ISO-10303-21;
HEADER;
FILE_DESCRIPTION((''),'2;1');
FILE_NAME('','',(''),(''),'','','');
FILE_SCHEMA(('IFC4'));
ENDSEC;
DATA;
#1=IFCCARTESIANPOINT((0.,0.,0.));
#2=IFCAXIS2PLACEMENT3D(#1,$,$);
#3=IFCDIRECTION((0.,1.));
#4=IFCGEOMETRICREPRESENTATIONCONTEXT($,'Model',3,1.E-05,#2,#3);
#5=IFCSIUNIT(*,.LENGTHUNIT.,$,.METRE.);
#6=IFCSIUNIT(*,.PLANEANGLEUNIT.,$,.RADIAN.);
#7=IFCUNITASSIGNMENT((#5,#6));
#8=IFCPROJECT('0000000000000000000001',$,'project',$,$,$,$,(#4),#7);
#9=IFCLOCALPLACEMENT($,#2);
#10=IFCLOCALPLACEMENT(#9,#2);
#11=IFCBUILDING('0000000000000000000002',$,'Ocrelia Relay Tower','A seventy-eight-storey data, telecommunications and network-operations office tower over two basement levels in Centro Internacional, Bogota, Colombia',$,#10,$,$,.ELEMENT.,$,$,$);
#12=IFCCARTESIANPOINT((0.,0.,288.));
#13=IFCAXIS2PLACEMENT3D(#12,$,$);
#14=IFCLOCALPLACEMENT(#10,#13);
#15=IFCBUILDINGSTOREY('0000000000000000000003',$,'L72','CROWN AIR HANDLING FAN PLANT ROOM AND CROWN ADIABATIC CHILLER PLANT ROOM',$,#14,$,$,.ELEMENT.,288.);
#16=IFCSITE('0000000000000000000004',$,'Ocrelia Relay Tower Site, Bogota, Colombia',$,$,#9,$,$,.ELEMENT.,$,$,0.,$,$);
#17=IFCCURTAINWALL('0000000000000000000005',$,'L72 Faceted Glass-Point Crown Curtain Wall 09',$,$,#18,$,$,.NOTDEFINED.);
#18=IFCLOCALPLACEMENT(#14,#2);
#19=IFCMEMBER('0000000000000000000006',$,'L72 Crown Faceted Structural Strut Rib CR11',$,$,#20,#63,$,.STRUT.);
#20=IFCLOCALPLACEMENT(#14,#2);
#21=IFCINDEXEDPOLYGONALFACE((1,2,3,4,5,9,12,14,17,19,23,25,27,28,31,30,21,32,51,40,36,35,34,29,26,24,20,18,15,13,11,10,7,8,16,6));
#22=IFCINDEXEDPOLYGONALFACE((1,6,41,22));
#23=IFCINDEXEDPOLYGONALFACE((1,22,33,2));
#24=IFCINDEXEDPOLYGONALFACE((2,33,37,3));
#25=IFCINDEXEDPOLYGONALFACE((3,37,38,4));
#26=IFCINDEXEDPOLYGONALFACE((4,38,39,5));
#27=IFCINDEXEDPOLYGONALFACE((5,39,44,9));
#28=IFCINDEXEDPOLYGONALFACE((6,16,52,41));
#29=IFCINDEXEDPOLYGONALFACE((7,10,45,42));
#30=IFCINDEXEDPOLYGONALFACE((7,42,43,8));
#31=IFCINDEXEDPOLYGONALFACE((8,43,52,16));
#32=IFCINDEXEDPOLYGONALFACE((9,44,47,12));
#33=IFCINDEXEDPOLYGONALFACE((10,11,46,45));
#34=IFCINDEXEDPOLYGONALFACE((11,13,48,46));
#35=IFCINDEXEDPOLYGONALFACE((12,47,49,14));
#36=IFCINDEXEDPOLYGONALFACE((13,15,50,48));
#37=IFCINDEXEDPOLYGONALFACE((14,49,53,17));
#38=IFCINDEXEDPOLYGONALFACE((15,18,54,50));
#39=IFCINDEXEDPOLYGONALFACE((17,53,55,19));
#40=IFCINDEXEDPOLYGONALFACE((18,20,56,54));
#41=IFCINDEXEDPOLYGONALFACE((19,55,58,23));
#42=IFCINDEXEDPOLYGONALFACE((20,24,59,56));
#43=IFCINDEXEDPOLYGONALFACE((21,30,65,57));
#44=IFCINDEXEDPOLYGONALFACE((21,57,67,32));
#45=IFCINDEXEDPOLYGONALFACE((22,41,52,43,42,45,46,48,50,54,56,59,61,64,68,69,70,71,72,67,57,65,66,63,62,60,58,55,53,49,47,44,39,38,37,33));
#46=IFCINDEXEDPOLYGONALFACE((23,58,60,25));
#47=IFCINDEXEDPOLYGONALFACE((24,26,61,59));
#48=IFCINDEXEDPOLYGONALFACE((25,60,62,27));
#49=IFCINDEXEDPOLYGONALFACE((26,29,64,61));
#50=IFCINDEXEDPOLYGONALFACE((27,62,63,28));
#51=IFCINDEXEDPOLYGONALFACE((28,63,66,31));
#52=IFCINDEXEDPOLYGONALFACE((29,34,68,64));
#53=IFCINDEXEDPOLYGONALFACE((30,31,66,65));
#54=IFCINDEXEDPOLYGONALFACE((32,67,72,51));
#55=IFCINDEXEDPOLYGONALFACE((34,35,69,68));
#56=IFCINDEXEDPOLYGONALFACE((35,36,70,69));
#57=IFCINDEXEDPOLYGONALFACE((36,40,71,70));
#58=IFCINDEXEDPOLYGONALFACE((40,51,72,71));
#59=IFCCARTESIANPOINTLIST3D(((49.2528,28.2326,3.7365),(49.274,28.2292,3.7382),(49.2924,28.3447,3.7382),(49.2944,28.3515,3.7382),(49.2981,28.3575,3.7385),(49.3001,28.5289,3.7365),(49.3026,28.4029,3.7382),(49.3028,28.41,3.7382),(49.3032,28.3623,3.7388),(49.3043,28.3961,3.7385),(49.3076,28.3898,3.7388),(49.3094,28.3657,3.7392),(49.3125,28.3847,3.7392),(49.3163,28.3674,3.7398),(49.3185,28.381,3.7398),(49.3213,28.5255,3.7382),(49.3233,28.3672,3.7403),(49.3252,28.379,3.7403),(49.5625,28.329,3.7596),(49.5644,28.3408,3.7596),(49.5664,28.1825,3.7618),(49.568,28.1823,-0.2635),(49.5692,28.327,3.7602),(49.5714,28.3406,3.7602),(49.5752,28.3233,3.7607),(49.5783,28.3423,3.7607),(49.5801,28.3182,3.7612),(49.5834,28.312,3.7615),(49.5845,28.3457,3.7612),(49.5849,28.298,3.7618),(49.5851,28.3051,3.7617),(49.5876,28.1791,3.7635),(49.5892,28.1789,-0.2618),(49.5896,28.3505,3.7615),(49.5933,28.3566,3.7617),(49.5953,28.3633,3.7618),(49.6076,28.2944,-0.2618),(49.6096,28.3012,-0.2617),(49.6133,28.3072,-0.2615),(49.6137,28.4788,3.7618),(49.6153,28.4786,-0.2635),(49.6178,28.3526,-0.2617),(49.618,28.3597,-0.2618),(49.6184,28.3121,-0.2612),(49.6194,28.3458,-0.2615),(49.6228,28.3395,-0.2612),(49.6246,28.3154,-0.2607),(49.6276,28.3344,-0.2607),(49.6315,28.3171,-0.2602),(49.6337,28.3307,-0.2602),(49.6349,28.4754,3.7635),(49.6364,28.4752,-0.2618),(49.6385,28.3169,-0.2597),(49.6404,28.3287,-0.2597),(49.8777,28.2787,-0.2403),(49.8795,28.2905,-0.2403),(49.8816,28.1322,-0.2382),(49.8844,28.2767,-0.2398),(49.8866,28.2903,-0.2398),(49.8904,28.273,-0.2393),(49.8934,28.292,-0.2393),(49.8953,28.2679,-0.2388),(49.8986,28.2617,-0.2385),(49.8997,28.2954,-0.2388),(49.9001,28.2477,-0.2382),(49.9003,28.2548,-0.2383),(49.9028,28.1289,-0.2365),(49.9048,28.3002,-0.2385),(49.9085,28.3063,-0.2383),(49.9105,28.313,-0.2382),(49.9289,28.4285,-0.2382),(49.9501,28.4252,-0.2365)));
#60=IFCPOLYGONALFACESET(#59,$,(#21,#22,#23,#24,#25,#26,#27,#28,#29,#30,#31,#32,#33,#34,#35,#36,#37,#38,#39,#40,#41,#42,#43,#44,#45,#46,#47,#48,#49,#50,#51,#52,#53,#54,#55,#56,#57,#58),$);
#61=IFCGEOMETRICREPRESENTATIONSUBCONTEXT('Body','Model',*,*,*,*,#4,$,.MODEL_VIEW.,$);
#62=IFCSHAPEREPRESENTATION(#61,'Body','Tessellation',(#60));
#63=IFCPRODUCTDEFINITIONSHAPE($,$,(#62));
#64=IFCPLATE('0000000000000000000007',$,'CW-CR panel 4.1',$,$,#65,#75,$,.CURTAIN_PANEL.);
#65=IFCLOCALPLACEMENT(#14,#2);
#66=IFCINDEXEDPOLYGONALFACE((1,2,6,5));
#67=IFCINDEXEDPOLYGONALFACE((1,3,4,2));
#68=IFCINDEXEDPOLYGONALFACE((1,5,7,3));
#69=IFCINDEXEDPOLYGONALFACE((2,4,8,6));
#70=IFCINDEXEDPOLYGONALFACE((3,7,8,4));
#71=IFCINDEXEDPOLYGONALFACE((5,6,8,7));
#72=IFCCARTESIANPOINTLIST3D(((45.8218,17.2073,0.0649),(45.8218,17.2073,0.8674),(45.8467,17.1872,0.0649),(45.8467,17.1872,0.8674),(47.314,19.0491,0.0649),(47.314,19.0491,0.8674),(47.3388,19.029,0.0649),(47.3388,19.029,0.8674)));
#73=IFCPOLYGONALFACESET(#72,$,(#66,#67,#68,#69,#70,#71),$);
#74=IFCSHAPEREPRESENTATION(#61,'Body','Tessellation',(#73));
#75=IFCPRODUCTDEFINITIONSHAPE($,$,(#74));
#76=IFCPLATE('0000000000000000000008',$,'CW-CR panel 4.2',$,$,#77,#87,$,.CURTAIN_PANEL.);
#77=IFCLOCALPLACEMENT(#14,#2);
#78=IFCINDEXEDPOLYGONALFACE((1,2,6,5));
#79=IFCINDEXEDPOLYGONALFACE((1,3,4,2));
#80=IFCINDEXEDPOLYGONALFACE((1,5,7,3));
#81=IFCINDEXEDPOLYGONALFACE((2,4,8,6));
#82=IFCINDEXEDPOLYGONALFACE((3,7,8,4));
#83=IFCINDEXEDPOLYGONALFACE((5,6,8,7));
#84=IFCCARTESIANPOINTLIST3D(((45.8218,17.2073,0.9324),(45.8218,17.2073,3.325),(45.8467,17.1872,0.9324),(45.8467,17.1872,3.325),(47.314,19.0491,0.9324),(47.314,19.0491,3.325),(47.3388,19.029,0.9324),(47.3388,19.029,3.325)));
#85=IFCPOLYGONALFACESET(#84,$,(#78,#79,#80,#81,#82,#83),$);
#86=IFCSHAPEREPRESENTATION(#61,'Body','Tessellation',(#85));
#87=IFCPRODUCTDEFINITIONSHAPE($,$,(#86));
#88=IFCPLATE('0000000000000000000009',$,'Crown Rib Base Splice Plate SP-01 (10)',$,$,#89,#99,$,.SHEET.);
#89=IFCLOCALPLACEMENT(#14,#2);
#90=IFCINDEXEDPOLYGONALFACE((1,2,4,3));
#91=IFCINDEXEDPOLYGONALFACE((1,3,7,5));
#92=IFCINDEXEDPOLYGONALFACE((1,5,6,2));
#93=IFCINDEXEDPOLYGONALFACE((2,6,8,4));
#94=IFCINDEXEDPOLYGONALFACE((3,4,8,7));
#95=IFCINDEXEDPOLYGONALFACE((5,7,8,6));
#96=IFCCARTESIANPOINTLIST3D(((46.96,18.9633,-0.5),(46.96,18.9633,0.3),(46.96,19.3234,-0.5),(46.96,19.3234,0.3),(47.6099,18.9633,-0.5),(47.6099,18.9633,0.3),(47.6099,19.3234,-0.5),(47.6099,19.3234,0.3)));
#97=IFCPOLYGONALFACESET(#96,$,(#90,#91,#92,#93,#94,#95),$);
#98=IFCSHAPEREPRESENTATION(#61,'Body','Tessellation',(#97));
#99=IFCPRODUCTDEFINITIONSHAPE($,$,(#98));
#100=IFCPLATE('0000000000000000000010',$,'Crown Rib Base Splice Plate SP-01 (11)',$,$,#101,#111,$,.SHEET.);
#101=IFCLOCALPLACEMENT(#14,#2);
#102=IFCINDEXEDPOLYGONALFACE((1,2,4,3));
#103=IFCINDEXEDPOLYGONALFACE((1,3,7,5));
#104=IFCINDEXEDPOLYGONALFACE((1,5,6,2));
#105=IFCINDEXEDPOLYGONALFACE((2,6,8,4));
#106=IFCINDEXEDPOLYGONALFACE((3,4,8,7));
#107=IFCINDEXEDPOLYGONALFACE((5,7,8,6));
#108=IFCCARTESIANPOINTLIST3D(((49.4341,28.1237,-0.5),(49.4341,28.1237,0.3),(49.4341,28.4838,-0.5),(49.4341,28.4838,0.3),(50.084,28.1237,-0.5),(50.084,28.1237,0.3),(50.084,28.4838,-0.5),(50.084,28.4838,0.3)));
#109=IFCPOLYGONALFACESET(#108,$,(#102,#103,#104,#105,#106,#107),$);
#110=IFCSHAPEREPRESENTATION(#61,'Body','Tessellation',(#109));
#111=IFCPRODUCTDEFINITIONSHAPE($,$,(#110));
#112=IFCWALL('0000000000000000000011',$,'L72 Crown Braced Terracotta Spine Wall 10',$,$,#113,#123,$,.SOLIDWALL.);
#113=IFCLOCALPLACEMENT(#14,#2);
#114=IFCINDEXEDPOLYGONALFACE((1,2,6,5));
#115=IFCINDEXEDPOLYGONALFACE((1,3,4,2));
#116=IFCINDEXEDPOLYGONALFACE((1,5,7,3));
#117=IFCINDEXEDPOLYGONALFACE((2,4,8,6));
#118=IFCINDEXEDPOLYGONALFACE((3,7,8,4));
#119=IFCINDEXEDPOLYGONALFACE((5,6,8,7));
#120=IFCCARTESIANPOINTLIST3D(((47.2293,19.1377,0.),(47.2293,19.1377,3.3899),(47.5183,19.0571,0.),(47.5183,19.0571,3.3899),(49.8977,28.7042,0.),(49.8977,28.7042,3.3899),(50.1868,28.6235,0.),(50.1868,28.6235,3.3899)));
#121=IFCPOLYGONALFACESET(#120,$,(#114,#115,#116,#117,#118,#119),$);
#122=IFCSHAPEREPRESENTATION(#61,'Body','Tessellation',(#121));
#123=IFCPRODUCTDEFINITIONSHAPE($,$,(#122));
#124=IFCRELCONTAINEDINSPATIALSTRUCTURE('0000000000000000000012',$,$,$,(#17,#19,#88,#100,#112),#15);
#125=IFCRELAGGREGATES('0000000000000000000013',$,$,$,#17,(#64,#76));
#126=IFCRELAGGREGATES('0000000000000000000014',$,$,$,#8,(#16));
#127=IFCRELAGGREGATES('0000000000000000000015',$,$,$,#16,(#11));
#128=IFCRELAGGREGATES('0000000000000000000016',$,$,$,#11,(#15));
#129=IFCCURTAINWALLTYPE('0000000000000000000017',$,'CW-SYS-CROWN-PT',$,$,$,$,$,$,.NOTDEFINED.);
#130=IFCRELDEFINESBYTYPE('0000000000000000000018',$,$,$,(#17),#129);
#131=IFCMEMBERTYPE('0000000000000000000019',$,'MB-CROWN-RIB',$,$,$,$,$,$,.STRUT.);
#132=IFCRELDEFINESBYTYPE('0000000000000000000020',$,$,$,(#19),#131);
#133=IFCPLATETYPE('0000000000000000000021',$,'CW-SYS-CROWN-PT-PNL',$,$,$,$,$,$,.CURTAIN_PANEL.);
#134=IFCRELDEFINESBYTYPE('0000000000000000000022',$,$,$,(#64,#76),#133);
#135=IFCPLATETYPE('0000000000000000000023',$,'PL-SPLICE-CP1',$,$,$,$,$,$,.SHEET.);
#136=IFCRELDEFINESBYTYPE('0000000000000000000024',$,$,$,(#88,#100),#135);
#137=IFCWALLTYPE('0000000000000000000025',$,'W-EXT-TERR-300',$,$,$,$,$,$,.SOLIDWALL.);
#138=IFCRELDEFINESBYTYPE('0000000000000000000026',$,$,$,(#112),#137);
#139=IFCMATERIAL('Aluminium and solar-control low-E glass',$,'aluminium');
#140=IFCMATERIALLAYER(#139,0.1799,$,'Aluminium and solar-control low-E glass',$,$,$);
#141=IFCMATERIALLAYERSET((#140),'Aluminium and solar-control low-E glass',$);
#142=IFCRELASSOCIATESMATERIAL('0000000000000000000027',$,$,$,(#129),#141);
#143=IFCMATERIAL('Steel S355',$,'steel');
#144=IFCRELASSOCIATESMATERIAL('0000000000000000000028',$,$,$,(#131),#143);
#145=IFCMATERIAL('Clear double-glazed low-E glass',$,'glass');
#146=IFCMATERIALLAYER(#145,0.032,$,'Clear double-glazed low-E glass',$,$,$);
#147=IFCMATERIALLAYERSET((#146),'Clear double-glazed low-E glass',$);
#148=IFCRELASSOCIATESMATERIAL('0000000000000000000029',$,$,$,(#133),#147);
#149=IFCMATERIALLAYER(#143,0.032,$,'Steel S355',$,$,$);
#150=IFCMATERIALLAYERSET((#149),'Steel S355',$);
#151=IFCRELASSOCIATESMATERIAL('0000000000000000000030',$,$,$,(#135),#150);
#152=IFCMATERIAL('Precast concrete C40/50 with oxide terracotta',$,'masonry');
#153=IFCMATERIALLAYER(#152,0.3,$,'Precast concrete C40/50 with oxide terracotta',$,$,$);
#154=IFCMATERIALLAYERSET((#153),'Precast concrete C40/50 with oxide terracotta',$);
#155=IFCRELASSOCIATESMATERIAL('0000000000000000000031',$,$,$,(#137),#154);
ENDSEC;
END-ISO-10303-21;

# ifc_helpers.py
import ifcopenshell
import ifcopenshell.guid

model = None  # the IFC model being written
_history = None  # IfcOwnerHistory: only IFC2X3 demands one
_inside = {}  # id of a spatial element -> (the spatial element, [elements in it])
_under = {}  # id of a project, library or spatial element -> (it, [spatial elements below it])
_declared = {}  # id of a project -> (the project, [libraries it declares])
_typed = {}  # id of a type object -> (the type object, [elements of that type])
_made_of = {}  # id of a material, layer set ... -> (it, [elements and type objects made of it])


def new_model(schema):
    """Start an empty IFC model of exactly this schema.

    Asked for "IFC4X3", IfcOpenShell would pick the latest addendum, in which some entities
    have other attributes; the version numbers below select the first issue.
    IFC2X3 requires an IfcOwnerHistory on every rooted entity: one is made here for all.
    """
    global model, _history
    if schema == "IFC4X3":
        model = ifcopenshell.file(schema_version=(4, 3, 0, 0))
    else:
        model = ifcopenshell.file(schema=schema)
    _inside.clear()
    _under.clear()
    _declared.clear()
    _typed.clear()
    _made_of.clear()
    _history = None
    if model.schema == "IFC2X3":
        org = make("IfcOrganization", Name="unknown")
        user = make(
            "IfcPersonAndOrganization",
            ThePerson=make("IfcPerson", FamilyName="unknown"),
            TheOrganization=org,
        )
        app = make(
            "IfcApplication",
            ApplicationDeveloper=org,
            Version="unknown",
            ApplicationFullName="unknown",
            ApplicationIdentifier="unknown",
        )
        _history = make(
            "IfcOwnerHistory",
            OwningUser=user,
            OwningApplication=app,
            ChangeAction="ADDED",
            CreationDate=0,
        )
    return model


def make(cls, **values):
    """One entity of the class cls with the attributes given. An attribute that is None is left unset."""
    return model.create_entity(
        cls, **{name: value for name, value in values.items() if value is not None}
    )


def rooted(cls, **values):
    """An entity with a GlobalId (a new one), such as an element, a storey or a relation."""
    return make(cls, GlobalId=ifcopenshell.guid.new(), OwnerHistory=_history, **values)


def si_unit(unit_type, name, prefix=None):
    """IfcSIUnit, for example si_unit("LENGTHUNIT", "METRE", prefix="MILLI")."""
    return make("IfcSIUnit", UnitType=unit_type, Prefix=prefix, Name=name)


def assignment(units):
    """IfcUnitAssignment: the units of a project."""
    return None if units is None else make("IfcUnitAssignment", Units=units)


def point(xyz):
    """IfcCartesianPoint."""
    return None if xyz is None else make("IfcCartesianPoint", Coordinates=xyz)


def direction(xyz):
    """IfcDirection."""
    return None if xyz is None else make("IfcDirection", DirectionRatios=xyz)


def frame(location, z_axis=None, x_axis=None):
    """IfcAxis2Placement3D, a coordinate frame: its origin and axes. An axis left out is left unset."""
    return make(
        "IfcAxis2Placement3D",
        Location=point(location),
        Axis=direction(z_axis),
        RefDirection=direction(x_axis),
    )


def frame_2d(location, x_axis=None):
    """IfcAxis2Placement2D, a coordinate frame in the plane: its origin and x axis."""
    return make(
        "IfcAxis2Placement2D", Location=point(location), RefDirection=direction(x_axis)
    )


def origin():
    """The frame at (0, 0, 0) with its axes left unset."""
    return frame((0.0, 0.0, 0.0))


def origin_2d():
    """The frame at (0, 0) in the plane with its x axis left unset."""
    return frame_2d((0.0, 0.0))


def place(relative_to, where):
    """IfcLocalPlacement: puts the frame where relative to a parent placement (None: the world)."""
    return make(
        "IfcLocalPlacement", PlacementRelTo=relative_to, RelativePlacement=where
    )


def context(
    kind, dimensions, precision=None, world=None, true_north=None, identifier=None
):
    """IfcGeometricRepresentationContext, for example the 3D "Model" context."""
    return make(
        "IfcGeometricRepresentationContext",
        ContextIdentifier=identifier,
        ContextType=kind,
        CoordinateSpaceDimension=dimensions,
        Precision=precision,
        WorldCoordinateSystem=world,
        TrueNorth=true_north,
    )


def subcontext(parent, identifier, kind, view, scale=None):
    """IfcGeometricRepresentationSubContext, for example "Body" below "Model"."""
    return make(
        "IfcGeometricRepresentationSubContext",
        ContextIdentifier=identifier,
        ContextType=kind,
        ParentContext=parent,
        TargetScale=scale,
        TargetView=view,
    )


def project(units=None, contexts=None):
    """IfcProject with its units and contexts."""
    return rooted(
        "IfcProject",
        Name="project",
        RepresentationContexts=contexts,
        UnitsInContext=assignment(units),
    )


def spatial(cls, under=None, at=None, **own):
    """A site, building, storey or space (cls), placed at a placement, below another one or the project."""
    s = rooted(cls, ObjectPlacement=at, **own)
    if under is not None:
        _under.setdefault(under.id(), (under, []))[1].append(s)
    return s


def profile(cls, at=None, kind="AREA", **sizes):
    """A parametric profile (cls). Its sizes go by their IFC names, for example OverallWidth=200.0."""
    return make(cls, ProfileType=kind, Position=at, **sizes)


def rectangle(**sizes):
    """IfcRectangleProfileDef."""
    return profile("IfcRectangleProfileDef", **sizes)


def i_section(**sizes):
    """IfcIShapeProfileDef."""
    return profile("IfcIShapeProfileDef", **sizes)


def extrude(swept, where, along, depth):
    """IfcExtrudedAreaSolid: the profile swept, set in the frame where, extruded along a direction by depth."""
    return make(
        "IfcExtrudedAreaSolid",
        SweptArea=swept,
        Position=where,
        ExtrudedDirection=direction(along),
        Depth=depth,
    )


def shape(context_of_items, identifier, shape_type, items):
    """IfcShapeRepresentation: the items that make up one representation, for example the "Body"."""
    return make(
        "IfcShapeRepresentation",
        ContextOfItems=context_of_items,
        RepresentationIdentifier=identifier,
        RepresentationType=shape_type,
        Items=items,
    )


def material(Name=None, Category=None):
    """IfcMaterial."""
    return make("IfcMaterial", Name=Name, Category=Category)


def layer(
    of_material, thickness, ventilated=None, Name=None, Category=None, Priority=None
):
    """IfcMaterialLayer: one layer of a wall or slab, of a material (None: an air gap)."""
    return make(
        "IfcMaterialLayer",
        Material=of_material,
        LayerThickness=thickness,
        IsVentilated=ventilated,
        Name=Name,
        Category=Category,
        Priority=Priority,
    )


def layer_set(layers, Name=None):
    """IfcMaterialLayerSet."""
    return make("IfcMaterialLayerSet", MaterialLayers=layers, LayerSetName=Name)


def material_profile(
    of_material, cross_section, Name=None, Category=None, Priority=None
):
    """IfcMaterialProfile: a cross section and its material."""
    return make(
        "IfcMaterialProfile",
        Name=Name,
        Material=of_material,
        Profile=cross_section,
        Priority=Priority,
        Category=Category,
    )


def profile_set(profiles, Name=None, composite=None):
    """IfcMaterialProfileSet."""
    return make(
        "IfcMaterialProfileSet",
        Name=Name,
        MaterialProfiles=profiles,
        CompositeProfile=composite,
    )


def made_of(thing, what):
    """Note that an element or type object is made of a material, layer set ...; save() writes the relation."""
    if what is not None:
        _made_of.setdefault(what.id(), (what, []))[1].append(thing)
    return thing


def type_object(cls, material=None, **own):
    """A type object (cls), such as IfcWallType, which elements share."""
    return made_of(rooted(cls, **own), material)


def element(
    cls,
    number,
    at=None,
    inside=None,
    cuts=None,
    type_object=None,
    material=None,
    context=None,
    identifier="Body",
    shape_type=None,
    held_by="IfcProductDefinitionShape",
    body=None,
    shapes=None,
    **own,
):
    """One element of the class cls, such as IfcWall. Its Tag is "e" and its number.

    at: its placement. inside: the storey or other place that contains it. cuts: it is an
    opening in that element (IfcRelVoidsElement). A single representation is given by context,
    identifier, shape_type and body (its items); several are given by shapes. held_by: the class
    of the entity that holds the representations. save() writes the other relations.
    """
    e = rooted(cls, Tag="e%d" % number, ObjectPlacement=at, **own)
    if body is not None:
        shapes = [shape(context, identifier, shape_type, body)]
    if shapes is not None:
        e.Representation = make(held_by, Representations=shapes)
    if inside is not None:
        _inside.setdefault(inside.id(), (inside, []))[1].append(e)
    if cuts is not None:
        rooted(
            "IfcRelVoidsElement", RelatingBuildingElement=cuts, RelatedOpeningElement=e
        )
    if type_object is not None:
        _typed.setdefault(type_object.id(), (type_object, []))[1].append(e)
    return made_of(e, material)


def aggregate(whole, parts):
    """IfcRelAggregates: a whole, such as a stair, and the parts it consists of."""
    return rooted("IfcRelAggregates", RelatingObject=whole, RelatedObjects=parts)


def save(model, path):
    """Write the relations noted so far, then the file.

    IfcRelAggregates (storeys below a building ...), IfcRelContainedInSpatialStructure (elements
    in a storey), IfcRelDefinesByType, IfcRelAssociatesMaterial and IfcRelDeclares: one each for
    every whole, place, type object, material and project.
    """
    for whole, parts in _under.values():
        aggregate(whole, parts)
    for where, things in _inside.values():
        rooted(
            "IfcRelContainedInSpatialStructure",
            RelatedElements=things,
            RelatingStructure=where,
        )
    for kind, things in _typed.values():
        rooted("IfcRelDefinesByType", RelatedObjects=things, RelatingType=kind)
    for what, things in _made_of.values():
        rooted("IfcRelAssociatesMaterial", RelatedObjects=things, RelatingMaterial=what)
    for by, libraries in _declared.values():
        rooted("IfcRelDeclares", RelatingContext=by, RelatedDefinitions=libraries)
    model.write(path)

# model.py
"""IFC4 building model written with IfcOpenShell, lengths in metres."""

from ifc_helpers import new_model, si_unit, direction, frame, frame_2d, origin, origin_2d, place, context, subcontext, project, spatial, rectangle, i_section, extrude, material, layer, layer_set, material_profile, profile_set, type_object, element, aggregate, save


model = new_model("IFC4")

# Units and contexts
model_context = context("Model", 3, precision=1e-05, world=origin(), true_north=direction((0.0, 1.0)))
body_context = subcontext(model_context, "Body", "Model", "MODEL_VIEW")
ifc_project = project(units=[si_unit("LENGTHUNIT", "METRE"), si_unit("PLANEANGLEUNIT", "RADIAN")], contexts=[model_context])

# Site, building, storey
site_placement = place(None, origin())
site = spatial("IfcSite", under=ifc_project, at=site_placement, Name="Ocrelia Relay Tower Site, Bogota, Colombia", CompositionType="ELEMENT", RefElevation=0.0)
building_placement = place(site_placement, origin())
building = spatial("IfcBuilding", under=site, at=building_placement, Name="Ocrelia Relay Tower", Description="A seventy-eight-storey data, telecommunications and network-operations office tower over two basement levels in Centro Internacional, Bogota, Colombia", CompositionType="ELEMENT")
storey_placement = place(building_placement, frame((0.0, 0.0, 288.0)))
storey = spatial("IfcBuildingStorey", under=building, at=storey_placement, Name="L72", Description="CROWN AIR HANDLING FAN PLANT ROOM AND CROWN ADIABATIC CHILLER PLANT ROOM", CompositionType="ELEMENT", Elevation=288.0)

# Shared definitions
ifc_material_1 = material(Name="Steel S355", Category="steel")

# Curtain wall
ifc_material_2 = material(Name="Aluminium and solar-control low-E glass", Category="aluminium")
ifc_layer_1 = layer(ifc_material_2, 0.1799, Name="Aluminium and solar-control low-E glass")
ifc_layer_set_1 = layer_set([ifc_layer_1], Name="Aluminium and solar-control low-E glass")
curtain_wall_type = type_object("IfcCurtainWallType", Name="CW-SYS-CROWN-PT", PredefinedType="NOTDEFINED", material=ifc_layer_set_1)
curtain_wall_1_placement = place(storey_placement, origin())
curtain_wall_1 = element("IfcCurtainWall", 1, at=curtain_wall_1_placement, inside=storey, type_object=curtain_wall_type, Name="L72 Faceted Glass-Point Crown Curtain Wall 09", PredefinedType="NOTDEFINED")

# Member
ifc_material_profile_1 = material_profile(ifc_material_1, i_section(OverallWidth=0.3, OverallDepth=0.3401, WebThickness=0.012, FlangeThickness=0.0215, FilletRadius=0.0271, at=origin_2d()), Name="HEB 340")
ifc_profile_set_1 = profile_set([ifc_material_profile_1], Name="Steel S355")
member_type_1 = type_object("IfcMemberType", Name="MB-CROWN-RIB", PredefinedType="STRUT", material=ifc_profile_set_1)
member_1_placement = place(storey_placement, frame((49.759, 28.3037, -0.25), z_axis=(-0.078547, 0.012533, 0.996832), x_axis=(-0.157573, -0.987507, 0.0)))
element("IfcMember", 2, at=member_1_placement, inside=storey, type_object=member_type_1, Name="L72 Crown Faceted Structural Strut Rib CR11", PredefinedType="STRUT", context=body_context, shape_type="SweptSolid", body=[
    extrude(i_section(OverallWidth=0.3, OverallDepth=0.3401, WebThickness=0.012, FlangeThickness=0.0215, FilletRadius=0.0271, at=origin_2d()), origin(), (0.0, 0.0, 1.0), 4.0127),
])

# Plates
ifc_material_3 = material(Name="Clear double-glazed low-E glass", Category="glass")
ifc_layer_2 = layer(ifc_material_3, 0.032, Name="Clear double-glazed low-E glass")
ifc_layer_set_2 = layer_set([ifc_layer_2], Name="Clear double-glazed low-E glass")
plate_type_1 = type_object("IfcPlateType", Name="CW-SYS-CROWN-PT-PNL", PredefinedType="CURTAIN_PANEL", material=ifc_layer_set_2)
plate_1_placement = place(storey_placement, frame((46.5803, 18.1182, 0.0649), z_axis=(0.0, 0.0, 1.0), x_axis=(0.629503, 0.776998, 0.0)))
plate_1 = element("IfcPlate", 3, at=plate_1_placement, type_object=plate_type_1, Name="CW-CR panel 4.1", PredefinedType="CURTAIN_PANEL", context=body_context, shape_type="SweptSolid", body=[
    extrude(rectangle(XDim=2.3704, YDim=0.032, at=origin_2d()), origin(), (0.0, 0.0, 1.0), 0.8025),
])
plate_2_placement = place(storey_placement, frame((46.5803, 18.1182, 0.9324), z_axis=(0.0, 0.0, 1.0), x_axis=(0.629503, 0.776998, 0.0)))
plate_2 = element("IfcPlate", 4, at=plate_2_placement, type_object=plate_type_1, Name="CW-CR panel 4.2", PredefinedType="CURTAIN_PANEL", context=body_context, shape_type="SweptSolid", body=[
    extrude(rectangle(XDim=2.3704, YDim=0.032, at=origin_2d()), origin(), (0.0, 0.0, 1.0), 2.3926),
])
aggregate(curtain_wall_1, [plate_1, plate_2])

# Plates
ifc_layer_3 = layer(ifc_material_1, 0.032, Name="Steel S355")
ifc_layer_set_3 = layer_set([ifc_layer_3], Name="Steel S355")
plate_type_2 = type_object("IfcPlateType", Name="PL-SPLICE-CP1", PredefinedType="SHEET", material=ifc_layer_set_3)
for number, where, z_axis, x_axis, name in (
    (5, (47.2849, 19.1433, -0.5), (0.0, 0.0, 1.0), (1.0, 0.0, 0.0), "Crown Rib Base Splice Plate SP-01 (10)"),
    (6, (49.759, 28.3037, -0.5), (0.0, 0.0, 1.0), (1.0, 0.0, 0.0), "Crown Rib Base Splice Plate SP-01 (11)"),
):
    element("IfcPlate", number, at=place(storey_placement, frame(where, z_axis=z_axis, x_axis=x_axis)), inside=storey, type_object=plate_type_2, Name=name, PredefinedType="SHEET", context=body_context, shape_type="SweptSolid", body=[
        extrude(rectangle(XDim=0.6499, YDim=0.3601, at=origin_2d()), origin(), (0.0, 0.0, 1.0), 0.8),
    ])

# Wall
ifc_material_4 = material(Name="Precast concrete C40/50 with oxide terracotta", Category="masonry")
ifc_layer_4 = layer(ifc_material_4, 0.3, Name="Precast concrete C40/50 with oxide terracotta")
ifc_layer_set_4 = layer_set([ifc_layer_4], Name="Precast concrete C40/50 with oxide terracotta")
wall_type = type_object("IfcWallType", Name="W-EXT-TERR-300", PredefinedType="SOLIDWALL", material=ifc_layer_set_4)
wall_placement = place(storey_placement, frame((47.3738, 19.0974, 0.0), z_axis=(0.0, 0.0, 1.0), x_axis=(0.268683, 0.963229, 0.0)))
element("IfcWall", 7, at=wall_placement, inside=storey, type_object=wall_type, Name="L72 Crown Braced Terracotta Spine Wall 10", PredefinedType="SOLIDWALL", context=body_context, shape_type="SweptSolid", body=[
    extrude(rectangle(XDim=9.9316, YDim=0.3, at=frame_2d((4.9658, 0.0))), origin(), (0.0, 0.0, 1.0), 3.3899),
])

save(model, "model.ifc")
